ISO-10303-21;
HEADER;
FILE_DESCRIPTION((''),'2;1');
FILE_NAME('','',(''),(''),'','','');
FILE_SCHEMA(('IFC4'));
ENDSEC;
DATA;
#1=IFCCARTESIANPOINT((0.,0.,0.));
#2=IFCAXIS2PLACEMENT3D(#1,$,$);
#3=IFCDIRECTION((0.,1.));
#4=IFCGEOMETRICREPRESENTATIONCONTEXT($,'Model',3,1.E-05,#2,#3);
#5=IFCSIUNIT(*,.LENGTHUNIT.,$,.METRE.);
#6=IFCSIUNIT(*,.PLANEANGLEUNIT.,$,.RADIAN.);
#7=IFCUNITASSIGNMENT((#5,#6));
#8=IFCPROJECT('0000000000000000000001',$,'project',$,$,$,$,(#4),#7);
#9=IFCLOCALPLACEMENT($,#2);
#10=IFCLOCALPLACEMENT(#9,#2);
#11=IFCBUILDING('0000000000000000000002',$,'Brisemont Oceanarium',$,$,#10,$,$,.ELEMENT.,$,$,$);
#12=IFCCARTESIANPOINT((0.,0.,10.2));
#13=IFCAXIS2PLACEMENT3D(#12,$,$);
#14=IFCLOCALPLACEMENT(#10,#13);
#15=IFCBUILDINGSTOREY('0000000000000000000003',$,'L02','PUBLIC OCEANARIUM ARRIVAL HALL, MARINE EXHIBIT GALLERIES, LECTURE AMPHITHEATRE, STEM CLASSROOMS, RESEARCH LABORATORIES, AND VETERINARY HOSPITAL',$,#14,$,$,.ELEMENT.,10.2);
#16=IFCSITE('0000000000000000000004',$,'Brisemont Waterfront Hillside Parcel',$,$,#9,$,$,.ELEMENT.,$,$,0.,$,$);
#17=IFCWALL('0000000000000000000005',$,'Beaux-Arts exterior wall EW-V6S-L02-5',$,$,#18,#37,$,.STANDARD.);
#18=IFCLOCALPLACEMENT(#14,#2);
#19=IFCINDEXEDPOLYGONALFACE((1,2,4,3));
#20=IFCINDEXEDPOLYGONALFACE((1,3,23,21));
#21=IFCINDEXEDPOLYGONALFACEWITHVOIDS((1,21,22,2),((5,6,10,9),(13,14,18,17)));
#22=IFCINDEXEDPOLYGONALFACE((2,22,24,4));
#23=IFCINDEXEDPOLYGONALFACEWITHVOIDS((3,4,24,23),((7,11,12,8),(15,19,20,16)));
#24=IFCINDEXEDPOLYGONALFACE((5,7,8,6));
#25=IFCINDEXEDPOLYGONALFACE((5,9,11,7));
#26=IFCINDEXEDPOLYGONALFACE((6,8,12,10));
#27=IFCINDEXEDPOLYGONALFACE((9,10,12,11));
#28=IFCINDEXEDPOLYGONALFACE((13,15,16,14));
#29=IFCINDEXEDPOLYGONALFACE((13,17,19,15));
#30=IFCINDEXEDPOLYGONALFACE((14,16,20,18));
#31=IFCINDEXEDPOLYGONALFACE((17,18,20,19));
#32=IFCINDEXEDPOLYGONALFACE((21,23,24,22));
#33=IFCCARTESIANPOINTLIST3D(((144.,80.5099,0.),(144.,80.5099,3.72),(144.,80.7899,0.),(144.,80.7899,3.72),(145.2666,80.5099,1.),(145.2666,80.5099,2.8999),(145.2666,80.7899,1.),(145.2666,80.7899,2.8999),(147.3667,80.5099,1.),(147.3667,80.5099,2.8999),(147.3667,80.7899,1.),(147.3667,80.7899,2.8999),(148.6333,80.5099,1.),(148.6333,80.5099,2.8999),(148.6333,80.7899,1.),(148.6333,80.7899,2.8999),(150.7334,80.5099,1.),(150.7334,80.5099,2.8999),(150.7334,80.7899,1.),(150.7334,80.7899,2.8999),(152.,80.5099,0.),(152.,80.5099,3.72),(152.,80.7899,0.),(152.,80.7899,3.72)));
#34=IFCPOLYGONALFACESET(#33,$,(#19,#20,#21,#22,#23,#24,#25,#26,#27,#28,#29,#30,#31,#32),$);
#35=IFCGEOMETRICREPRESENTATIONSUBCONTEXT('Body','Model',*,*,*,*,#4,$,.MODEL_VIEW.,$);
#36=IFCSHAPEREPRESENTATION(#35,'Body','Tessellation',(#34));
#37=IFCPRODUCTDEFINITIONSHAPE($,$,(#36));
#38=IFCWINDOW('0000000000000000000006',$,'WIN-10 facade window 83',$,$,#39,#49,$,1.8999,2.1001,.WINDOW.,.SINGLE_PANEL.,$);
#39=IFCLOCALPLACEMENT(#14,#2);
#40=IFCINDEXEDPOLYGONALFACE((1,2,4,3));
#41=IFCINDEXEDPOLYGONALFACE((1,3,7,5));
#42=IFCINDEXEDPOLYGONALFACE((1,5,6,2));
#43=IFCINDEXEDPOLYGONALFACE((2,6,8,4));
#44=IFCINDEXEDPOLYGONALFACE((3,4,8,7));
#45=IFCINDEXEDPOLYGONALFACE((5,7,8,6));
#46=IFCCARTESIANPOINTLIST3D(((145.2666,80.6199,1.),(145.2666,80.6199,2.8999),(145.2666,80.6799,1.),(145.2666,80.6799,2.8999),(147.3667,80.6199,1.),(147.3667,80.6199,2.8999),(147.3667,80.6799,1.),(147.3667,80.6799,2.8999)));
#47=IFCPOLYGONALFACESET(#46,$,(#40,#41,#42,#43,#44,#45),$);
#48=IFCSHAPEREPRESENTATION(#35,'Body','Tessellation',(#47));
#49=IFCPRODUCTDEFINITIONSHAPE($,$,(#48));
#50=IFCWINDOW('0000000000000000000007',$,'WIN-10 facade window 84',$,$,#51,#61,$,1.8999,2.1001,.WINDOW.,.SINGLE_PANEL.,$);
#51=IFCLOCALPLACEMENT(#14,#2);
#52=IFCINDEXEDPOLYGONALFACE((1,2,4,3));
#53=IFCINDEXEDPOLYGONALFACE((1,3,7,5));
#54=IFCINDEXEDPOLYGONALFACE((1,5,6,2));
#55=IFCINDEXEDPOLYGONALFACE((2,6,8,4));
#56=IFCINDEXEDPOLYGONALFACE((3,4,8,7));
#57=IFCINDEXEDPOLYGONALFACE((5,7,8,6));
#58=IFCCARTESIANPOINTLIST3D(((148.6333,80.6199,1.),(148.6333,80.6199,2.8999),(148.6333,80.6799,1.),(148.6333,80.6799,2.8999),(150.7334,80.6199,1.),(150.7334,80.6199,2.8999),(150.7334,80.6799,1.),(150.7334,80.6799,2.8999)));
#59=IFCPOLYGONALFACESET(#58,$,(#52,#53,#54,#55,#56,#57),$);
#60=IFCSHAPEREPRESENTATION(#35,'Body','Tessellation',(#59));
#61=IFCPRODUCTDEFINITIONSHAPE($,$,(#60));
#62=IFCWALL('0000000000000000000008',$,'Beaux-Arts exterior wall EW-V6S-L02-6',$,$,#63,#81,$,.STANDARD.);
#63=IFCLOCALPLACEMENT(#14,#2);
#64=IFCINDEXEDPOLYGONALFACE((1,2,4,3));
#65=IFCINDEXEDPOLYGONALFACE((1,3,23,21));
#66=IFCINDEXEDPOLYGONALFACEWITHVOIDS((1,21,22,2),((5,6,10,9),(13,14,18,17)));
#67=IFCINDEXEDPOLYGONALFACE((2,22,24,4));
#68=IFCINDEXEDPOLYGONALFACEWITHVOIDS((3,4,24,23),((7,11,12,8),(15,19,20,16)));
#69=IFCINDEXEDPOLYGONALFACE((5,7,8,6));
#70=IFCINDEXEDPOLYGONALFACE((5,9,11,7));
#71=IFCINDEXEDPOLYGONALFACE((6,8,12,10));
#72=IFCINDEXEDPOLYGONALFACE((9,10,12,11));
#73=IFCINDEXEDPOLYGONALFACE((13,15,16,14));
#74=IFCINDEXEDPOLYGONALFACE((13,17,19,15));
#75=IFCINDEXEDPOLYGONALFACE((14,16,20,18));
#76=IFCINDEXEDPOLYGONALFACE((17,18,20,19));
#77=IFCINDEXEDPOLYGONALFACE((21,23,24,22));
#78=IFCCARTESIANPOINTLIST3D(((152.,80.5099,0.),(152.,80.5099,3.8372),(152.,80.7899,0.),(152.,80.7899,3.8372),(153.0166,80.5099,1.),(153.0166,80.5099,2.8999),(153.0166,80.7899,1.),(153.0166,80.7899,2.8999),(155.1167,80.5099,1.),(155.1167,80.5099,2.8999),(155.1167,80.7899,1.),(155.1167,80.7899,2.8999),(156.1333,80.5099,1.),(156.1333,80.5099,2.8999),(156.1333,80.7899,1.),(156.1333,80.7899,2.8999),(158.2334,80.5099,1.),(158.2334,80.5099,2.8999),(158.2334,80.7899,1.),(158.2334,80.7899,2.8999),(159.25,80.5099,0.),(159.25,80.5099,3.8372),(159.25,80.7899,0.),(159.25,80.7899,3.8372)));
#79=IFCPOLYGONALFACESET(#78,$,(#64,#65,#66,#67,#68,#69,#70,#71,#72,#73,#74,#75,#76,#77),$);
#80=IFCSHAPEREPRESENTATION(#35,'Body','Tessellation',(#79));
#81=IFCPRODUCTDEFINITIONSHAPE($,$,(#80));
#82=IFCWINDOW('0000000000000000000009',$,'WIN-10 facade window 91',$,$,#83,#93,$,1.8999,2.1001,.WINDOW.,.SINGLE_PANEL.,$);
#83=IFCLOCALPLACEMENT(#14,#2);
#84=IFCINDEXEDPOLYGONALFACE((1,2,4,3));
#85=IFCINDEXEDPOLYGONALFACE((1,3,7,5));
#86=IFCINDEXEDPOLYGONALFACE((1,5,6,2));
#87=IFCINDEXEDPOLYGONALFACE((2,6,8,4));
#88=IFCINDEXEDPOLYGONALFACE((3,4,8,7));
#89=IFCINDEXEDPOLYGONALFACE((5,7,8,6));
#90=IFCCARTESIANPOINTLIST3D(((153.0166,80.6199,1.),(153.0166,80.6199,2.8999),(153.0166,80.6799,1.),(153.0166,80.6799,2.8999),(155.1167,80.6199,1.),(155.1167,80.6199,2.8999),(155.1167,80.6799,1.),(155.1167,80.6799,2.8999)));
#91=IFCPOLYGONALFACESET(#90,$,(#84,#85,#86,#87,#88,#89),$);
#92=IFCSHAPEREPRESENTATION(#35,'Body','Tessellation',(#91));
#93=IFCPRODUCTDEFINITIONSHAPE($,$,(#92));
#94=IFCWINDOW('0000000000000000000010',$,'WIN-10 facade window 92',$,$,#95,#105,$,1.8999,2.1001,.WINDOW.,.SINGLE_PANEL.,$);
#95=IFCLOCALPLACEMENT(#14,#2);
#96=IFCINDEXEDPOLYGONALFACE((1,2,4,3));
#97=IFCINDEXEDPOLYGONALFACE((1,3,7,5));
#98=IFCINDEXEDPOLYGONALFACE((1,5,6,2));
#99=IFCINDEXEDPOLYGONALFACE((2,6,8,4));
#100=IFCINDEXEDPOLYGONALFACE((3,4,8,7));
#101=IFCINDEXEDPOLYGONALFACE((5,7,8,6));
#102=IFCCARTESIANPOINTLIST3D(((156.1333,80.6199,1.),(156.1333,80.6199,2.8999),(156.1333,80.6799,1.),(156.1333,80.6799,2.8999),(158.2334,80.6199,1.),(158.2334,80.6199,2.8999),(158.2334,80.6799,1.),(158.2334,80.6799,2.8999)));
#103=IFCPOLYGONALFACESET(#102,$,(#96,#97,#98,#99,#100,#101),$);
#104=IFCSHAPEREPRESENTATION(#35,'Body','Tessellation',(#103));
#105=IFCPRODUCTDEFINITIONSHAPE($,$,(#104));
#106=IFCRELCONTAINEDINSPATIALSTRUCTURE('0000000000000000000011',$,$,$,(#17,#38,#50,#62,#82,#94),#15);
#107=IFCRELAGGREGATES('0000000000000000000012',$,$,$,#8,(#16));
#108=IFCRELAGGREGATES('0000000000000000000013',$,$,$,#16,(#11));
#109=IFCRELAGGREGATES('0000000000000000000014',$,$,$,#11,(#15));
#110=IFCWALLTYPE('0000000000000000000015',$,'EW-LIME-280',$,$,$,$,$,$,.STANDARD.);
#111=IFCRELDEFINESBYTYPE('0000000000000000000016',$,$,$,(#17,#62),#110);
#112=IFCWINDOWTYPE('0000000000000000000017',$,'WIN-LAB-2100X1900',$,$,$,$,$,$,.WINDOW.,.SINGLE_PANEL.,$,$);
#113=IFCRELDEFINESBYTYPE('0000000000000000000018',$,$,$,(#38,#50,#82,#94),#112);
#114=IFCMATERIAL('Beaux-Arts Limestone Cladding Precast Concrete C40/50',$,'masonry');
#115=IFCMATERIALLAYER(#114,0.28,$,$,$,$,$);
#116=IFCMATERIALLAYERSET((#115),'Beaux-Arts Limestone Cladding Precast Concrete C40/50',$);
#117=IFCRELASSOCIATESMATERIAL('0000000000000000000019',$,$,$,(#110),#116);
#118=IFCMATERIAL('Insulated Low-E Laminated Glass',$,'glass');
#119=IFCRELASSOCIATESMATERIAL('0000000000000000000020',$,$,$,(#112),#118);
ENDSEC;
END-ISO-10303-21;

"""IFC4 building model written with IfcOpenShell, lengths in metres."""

from ifc_helpers import new_model, si_unit, direction, frame, frame_2d, origin, place, context, subcontext, project, spatial, rectangle, extrude, material, layer, layer_set, type_object, element, fill, save


model = new_model("IFC4")

# Units and contexts
model_context = context("Model", 3, precision=1e-05, world=origin(), true_north=direction((0.0, 1.0)))
body_context = subcontext(model_context, "Body", "Model", "MODEL_VIEW")
ifc_project = project(units=[si_unit("LENGTHUNIT", "METRE"), si_unit("PLANEANGLEUNIT", "RADIAN")], contexts=[model_context])

# Site, building, storey
site_placement = place(None, origin())
site = spatial("IfcSite", under=ifc_project, at=site_placement, Name="Brisemont Waterfront Hillside Parcel", CompositionType="ELEMENT", RefElevation=0.0)
building_placement = place(site_placement, origin())
building = spatial("IfcBuilding", under=site, at=building_placement, Name="Brisemont Oceanarium", CompositionType="ELEMENT")
storey_placement = place(building_placement, frame((0.0, 0.0, 10.2)))
storey = spatial("IfcBuildingStorey", under=building, at=storey_placement, Name="L02", Description="PUBLIC OCEANARIUM ARRIVAL HALL, MARINE EXHIBIT GALLERIES, LECTURE AMPHITHEATRE, STEM CLASSROOMS, RESEARCH LABORATORIES, AND VETERINARY HOSPITAL", CompositionType="ELEMENT", Elevation=10.2)

# Walls, openings, windows
ifc_material_1 = material(Name="Beaux-Arts Limestone Cladding Precast Concrete C40/50", Category="masonry")
ifc_layer_1 = layer(ifc_material_1, 0.28)
ifc_layer_set_1 = layer_set([ifc_layer_1], Name="Beaux-Arts Limestone Cladding Precast Concrete C40/50")
wall_type = type_object("IfcWallType", Name="EW-LIME-280", PredefinedType="STANDARD", material=ifc_layer_set_1)
wall_1_placement = place(storey_placement, frame((144.0, 80.6499, 0.0), z_axis=(0.0, 0.0, 1.0), x_axis=(1.0, 0.0, 0.0)))
wall_1 = element("IfcWall", 1, at=wall_1_placement, inside=storey, type_object=wall_type, Name="Beaux-Arts exterior wall EW-V6S-L02-5", PredefinedType="STANDARD", context=body_context, shape_type="SweptSolid", body=[
    extrude(rectangle(XDim=8.0, YDim=0.28, at=frame_2d((4.0, 0.0))), origin(), (0.0, 0.0, 1.0), 3.72),
])
opening_1_placement = place(wall_1_placement, frame((1.2666, 0.0, 1.0)))
opening_1 = element("IfcOpeningElement", 2, at=opening_1_placement, cuts=wall_1, PredefinedType="OPENING", context=body_context, shape_type="SweptSolid", body=[
    extrude(rectangle(XDim=2.1001, YDim=1.8999, at=frame_2d((1.05, 0.95))), frame((0.0, 0.1499, 0.0), z_axis=(0.0, -1.0, 0.0), x_axis=(1.0, 0.0, 0.0)), (0.0, 0.0, 1.0), 0.3),
])
opening_2_placement = place(wall_1_placement, frame((4.6333, 0.0, 1.0)))
opening_2 = element("IfcOpeningElement", 3, at=opening_2_placement, cuts=wall_1, PredefinedType="OPENING", context=body_context, shape_type="SweptSolid", body=[
    extrude(rectangle(XDim=2.1001, YDim=1.8999, at=frame_2d((1.05, 0.95))), frame((0.0, 0.1499, 0.0), z_axis=(0.0, -1.0, 0.0), x_axis=(1.0, 0.0, 0.0)), (0.0, 0.0, 1.0), 0.3),
])
ifc_material_2 = material(Name="Insulated Low-E Laminated Glass", Category="glass")
window_type = type_object("IfcWindowType", Name="WIN-LAB-2100X1900", PartitioningType="SINGLE_PANEL", PredefinedType="WINDOW", material=ifc_material_2)
window_1_placement = place(opening_1_placement, origin())
window_1 = element("IfcWindow", 4, at=window_1_placement, inside=storey, type_object=window_type, Name="WIN-10 facade window 83", OverallHeight=1.8999, OverallWidth=2.1001, PartitioningType="SINGLE_PANEL", PredefinedType="WINDOW", context=body_context, shape_type="SweptSolid", body=[
    extrude(rectangle(XDim=2.1001, YDim=1.8999, at=frame_2d((1.05, 0.95))), frame((0.0, 0.03, 0.0), z_axis=(0.0, -1.0, 0.0), x_axis=(1.0, 0.0, 0.0)), (0.0, 0.0, 1.0), 0.0601),
])
fill(opening_1, window_1)
window_2_placement = place(opening_2_placement, origin())
window_2 = element("IfcWindow", 5, at=window_2_placement, inside=storey, type_object=window_type, Name="WIN-10 facade window 84", OverallHeight=1.8999, OverallWidth=2.1001, PartitioningType="SINGLE_PANEL", PredefinedType="WINDOW", context=body_context, shape_type="SweptSolid", body=[
    extrude(rectangle(XDim=2.1001, YDim=1.8999, at=frame_2d((1.05, 0.95))), frame((0.0, 0.03, 0.0), z_axis=(0.0, -1.0, 0.0), x_axis=(1.0, 0.0, 0.0)), (0.0, 0.0, 1.0), 0.0601),
])
fill(opening_2, window_2)
wall_2_placement = place(storey_placement, frame((152.0, 80.6499, 0.0), z_axis=(0.0, 0.0, 1.0), x_axis=(1.0, 0.0, 0.0)))
wall_2 = element("IfcWall", 6, at=wall_2_placement, inside=storey, type_object=wall_type, Name="Beaux-Arts exterior wall EW-V6S-L02-6", PredefinedType="STANDARD", context=body_context, shape_type="SweptSolid", body=[
    extrude(rectangle(XDim=7.25, YDim=0.28, at=frame_2d((3.625, 0.0))), origin(), (0.0, 0.0, 1.0), 3.8372),
])
opening_3_placement = place(wall_2_placement, frame((1.0166, 0.0, 1.0)))
opening_3 = element("IfcOpeningElement", 7, at=opening_3_placement, cuts=wall_2, PredefinedType="OPENING", context=body_context, shape_type="SweptSolid", body=[
    extrude(rectangle(XDim=2.1001, YDim=1.8999, at=frame_2d((1.05, 0.95))), frame((0.0, 0.1499, 0.0), z_axis=(0.0, -1.0, 0.0), x_axis=(1.0, 0.0, 0.0)), (0.0, 0.0, 1.0), 0.3),
])
opening_4_placement = place(wall_2_placement, frame((4.1333, 0.0, 1.0)))
opening_4 = element("IfcOpeningElement", 8, at=opening_4_placement, cuts=wall_2, PredefinedType="OPENING", context=body_context, shape_type="SweptSolid", body=[
    extrude(rectangle(XDim=2.1001, YDim=1.8999, at=frame_2d((1.05, 0.95))), frame((0.0, 0.1499, 0.0), z_axis=(0.0, -1.0, 0.0), x_axis=(1.0, 0.0, 0.0)), (0.0, 0.0, 1.0), 0.3),
])
window_3_placement = place(opening_3_placement, origin())
window_3 = element("IfcWindow", 9, at=window_3_placement, inside=storey, type_object=window_type, Name="WIN-10 facade window 91", OverallHeight=1.8999, OverallWidth=2.1001, PartitioningType="SINGLE_PANEL", PredefinedType="WINDOW", context=body_context, shape_type="SweptSolid", body=[
    extrude(rectangle(XDim=2.1001, YDim=1.8999, at=frame_2d((1.05, 0.95))), frame((0.0, 0.03, 0.0), z_axis=(0.0, -1.0, 0.0), x_axis=(1.0, 0.0, 0.0)), (0.0, 0.0, 1.0), 0.0601),
])
fill(opening_3, window_3)
window_4_placement = place(opening_4_placement, origin())
window_4 = element("IfcWindow", 10, at=window_4_placement, inside=storey, type_object=window_type, Name="WIN-10 facade window 92", OverallHeight=1.8999, OverallWidth=2.1001, PartitioningType="SINGLE_PANEL", PredefinedType="WINDOW", context=body_context, shape_type="SweptSolid", body=[
    extrude(rectangle(XDim=2.1001, YDim=1.8999, at=frame_2d((1.05, 0.95))), frame((0.0, 0.03, 0.0), z_axis=(0.0, -1.0, 0.0), x_axis=(1.0, 0.0, 0.0)), (0.0, 0.0, 1.0), 0.0601),
])
fill(opening_4, window_4)

save(model, "model.ifc")
